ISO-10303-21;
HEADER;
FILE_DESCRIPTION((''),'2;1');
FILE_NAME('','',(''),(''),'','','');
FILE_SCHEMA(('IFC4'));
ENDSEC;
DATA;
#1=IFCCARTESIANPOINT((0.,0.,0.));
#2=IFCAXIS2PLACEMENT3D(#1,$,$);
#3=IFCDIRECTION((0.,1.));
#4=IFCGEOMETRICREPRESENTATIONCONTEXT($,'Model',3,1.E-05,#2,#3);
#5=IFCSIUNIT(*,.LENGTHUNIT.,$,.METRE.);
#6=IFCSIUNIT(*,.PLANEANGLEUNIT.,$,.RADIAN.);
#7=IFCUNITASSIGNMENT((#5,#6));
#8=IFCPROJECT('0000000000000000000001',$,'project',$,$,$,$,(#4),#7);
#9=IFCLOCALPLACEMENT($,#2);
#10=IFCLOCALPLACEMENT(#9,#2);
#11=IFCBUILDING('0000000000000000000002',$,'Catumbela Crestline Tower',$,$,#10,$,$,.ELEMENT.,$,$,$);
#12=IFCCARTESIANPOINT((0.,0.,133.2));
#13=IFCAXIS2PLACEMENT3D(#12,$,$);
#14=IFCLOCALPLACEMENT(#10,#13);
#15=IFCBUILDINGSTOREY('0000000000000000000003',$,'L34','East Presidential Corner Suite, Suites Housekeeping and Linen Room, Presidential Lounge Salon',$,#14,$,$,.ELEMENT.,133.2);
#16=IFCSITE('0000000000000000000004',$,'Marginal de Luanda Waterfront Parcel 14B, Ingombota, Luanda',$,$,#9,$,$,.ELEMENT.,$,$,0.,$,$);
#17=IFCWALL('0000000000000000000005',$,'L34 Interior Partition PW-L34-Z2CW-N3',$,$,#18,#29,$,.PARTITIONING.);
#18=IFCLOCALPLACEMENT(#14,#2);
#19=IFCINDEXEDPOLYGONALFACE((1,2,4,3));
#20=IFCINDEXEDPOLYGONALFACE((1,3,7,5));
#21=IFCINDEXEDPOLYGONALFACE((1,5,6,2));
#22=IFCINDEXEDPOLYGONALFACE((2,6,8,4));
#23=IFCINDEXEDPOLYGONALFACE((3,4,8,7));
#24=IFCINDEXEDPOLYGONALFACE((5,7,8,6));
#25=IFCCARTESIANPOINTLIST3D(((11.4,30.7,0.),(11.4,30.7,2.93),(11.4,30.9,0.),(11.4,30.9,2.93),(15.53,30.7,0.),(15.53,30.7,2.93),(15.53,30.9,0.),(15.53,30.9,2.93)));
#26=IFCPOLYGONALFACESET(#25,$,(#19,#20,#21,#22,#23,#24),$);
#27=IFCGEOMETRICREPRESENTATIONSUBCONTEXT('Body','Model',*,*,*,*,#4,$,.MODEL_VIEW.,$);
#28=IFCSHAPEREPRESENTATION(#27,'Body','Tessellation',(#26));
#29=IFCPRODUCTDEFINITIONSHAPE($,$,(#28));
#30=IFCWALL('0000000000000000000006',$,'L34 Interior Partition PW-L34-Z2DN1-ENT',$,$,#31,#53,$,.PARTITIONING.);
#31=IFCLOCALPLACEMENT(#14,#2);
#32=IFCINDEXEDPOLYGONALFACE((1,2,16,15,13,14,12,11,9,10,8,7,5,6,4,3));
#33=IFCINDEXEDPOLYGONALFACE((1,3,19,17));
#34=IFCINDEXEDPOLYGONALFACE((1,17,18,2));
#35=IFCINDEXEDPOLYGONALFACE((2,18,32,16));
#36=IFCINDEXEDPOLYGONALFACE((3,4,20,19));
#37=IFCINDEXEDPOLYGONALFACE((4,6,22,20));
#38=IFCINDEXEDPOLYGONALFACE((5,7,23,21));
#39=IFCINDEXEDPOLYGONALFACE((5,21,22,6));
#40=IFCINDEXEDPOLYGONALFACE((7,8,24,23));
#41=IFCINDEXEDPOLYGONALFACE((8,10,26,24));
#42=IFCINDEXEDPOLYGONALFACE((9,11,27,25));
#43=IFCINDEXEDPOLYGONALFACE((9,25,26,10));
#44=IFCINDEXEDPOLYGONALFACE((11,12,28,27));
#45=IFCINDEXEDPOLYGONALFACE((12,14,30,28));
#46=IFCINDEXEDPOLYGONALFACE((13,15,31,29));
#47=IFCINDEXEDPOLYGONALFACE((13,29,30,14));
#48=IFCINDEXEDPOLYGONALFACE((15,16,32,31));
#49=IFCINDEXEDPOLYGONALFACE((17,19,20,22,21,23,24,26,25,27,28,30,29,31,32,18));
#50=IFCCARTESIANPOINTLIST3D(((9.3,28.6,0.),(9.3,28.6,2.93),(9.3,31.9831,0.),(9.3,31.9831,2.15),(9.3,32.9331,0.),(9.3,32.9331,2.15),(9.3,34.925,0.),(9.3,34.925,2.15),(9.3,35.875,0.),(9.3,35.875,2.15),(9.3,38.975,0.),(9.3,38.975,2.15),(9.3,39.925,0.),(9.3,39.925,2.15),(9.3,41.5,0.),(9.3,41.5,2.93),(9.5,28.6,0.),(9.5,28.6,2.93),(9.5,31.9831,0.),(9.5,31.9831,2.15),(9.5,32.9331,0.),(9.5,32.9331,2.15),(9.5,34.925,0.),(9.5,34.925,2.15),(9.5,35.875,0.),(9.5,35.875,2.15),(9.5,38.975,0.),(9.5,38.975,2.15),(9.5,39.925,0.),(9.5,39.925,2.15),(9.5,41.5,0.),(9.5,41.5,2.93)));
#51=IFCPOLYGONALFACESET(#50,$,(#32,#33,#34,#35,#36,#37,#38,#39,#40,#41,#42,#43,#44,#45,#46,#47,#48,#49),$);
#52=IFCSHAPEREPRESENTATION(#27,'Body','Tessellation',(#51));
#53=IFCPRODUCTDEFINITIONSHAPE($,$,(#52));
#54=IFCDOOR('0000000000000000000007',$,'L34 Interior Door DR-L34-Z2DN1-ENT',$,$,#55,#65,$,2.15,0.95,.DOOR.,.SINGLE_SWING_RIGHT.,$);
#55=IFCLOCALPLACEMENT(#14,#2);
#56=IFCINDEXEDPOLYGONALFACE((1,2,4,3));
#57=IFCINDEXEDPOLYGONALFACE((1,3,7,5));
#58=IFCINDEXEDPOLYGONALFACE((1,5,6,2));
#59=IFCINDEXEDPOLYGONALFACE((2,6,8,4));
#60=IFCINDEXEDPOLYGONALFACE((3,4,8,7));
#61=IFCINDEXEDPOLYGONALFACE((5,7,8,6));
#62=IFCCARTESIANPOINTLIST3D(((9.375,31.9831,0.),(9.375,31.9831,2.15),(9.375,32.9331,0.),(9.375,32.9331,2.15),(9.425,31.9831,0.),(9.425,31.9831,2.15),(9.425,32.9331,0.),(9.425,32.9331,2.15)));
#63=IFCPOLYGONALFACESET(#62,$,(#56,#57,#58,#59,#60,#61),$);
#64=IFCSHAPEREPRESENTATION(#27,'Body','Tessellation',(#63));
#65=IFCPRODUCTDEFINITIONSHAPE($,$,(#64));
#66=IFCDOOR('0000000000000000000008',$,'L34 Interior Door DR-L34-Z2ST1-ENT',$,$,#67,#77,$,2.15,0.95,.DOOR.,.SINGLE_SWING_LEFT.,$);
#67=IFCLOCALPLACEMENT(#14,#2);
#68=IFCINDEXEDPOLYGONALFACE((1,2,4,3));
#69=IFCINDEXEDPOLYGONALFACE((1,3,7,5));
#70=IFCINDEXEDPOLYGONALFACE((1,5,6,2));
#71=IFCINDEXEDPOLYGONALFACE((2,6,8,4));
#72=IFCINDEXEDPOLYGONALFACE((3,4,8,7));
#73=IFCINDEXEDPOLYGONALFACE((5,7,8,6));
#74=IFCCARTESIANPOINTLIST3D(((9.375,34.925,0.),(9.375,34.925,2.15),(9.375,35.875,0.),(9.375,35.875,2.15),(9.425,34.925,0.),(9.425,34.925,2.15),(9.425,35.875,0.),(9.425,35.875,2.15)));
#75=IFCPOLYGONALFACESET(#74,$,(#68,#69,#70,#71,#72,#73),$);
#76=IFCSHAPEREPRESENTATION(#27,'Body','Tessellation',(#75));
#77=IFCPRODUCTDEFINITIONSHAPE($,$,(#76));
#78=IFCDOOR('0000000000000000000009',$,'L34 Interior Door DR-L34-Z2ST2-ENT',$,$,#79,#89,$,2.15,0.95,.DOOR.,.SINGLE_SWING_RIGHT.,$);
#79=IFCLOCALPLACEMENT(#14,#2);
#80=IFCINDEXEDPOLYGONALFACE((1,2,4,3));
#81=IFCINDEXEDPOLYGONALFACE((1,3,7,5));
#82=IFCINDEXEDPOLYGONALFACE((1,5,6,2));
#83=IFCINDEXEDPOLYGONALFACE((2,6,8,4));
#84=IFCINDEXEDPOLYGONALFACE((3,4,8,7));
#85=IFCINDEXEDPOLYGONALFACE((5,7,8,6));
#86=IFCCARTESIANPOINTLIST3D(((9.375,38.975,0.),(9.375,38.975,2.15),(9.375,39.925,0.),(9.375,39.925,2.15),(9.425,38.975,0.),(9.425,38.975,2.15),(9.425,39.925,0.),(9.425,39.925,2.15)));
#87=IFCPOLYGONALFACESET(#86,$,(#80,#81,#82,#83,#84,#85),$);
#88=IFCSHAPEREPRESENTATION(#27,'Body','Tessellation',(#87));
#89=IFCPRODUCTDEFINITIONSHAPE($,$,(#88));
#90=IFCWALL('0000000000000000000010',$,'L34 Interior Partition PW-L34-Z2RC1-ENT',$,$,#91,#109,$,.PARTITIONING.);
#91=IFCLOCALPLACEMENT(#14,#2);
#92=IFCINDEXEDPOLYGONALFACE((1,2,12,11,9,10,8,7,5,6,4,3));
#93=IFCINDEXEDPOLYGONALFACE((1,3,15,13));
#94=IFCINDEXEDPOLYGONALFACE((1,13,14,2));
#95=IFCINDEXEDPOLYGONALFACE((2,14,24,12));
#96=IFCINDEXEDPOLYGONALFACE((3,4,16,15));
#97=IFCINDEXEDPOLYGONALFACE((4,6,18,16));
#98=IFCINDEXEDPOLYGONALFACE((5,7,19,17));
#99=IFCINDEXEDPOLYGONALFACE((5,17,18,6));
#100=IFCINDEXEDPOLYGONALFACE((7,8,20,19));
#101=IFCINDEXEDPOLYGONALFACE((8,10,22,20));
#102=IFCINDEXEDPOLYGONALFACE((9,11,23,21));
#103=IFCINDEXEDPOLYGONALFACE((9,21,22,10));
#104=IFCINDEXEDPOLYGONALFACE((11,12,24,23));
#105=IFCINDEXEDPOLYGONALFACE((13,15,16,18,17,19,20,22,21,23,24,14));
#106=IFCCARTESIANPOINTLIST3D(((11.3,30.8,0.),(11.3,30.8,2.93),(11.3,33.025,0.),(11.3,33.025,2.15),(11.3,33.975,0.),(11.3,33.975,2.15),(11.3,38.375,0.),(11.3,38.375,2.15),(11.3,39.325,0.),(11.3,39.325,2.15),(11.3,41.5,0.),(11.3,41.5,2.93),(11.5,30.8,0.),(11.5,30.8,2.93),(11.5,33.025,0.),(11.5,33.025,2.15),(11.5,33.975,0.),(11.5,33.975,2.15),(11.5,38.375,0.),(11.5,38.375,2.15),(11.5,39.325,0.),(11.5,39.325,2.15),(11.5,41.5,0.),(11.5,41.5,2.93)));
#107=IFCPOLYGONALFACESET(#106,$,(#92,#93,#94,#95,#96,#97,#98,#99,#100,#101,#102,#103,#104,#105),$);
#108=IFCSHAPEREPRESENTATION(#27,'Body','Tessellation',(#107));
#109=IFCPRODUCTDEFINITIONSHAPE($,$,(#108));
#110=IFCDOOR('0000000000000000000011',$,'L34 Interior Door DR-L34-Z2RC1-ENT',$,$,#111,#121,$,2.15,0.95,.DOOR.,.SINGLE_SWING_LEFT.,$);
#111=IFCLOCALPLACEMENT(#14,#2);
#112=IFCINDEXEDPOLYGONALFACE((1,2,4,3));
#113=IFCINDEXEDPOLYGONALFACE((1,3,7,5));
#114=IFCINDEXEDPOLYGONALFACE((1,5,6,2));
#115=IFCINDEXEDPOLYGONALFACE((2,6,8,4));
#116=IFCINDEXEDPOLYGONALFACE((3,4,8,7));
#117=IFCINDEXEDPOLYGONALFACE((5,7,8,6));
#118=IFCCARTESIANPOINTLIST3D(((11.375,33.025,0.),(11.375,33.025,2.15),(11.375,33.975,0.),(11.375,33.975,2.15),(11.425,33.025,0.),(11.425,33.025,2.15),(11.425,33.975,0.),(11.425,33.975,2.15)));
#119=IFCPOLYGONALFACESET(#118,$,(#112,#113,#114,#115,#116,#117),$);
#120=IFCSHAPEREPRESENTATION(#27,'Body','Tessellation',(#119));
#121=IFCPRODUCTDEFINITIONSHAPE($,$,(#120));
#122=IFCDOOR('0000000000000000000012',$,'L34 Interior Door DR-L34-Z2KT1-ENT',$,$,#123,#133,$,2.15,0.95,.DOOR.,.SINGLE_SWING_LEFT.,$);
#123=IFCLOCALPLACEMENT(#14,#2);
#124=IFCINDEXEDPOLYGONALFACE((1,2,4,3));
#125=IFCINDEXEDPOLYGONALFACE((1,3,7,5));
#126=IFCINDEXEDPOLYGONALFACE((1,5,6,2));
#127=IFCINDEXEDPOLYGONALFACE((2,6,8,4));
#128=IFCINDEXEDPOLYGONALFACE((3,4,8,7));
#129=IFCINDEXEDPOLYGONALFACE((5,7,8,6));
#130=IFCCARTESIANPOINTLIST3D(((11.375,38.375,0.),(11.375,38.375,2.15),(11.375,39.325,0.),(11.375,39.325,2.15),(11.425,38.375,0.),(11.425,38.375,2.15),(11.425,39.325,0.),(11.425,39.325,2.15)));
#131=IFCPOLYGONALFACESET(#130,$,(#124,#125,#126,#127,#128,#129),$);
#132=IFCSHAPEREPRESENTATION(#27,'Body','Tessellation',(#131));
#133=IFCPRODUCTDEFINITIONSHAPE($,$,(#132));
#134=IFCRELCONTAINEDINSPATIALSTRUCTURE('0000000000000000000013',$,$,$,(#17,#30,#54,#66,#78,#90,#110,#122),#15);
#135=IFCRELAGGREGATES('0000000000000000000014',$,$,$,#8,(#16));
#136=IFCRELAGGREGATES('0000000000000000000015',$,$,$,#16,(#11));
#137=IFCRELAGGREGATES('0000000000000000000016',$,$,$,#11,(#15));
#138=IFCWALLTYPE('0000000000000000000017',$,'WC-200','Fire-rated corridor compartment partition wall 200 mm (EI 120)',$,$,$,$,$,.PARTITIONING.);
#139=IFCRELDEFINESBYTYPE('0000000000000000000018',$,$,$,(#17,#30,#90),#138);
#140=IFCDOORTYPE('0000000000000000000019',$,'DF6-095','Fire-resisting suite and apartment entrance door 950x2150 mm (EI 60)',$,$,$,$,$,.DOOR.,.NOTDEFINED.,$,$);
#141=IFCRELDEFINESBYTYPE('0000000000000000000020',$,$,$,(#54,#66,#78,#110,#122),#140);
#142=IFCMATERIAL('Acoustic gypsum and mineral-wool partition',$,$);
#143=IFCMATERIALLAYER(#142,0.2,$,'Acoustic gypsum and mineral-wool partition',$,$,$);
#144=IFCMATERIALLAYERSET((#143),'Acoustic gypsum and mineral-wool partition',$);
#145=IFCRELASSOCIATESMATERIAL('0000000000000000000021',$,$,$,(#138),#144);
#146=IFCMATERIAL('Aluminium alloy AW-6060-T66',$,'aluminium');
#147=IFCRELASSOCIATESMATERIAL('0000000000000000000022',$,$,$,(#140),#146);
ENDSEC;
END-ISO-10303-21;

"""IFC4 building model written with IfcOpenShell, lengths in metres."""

from ifc_helpers import new_model, si_unit, direction, frame, frame_2d, origin, place, context, subcontext, project, spatial, rectangle, extrude, material, layer, layer_set, type_object, element, fill, save


model = new_model("IFC4")

# Units and contexts
model_context = context("Model", 3, precision=1e-05, world=origin(), true_north=direction((0.0, 1.0)))
body_context = subcontext(model_context, "Body", "Model", "MODEL_VIEW")
ifc_project = project(units=[si_unit("LENGTHUNIT", "METRE"), si_unit("PLANEANGLEUNIT", "RADIAN")], contexts=[model_context])

# Site, building, storey
site_placement = place(None, origin())
site = spatial("IfcSite", under=ifc_project, at=site_placement, Name="Marginal de Luanda Waterfront Parcel 14B, Ingombota, Luanda", CompositionType="ELEMENT", RefElevation=0.0)
building_placement = place(site_placement, origin())
building = spatial("IfcBuilding", under=site, at=building_placement, Name="Catumbela Crestline Tower", CompositionType="ELEMENT")
storey_placement = place(building_placement, frame((0.0, 0.0, 133.2)))
storey = spatial("IfcBuildingStorey", under=building, at=storey_placement, Name="L34", Description="East Presidential Corner Suite, Suites Housekeeping and Linen Room, Presidential Lounge Salon", CompositionType="ELEMENT", Elevation=133.2)

# Shared definitions
ifc_material_1 = material(Name="Acoustic gypsum and mineral-wool partition")
ifc_layer_1 = layer(ifc_material_1, 0.2, Name="Acoustic gypsum and mineral-wool partition")
ifc_layer_set_1 = layer_set([ifc_layer_1], Name="Acoustic gypsum and mineral-wool partition")
wall_type_1 = type_object("IfcWallType", Name="WC-200", Description="Fire-rated corridor compartment partition wall 200 mm (EI 120)", PredefinedType="PARTITIONING", material=ifc_layer_set_1)
ifc_material_2 = material(Name="Aluminium alloy AW-6060-T66", Category="aluminium")
door_type_1 = type_object("IfcDoorType", Name="DF6-095", Description="Fire-resisting suite and apartment entrance door 950x2150 mm (EI 60)", OperationType="NOTDEFINED", PredefinedType="DOOR", material=ifc_material_2)

# Wall
wall_1_placement = place(storey_placement, frame((11.4, 30.8, 0.0), z_axis=(0.0, 0.0, 1.0), x_axis=(1.0, 0.0, 0.0)))
element("IfcWall", 1, at=wall_1_placement, inside=storey, type_object=wall_type_1, Name="L34 Interior Partition PW-L34-Z2CW-N3", PredefinedType="PARTITIONING", context=body_context, shape_type="SweptSolid", body=[
    extrude(rectangle(XDim=4.13, YDim=0.2, at=frame_2d((2.065, 0.0))), origin(), (0.0, 0.0, 1.0), 2.93),
])

# Walls, openings, doors
wall_2_placement = place(storey_placement, frame((9.4, 28.6, 0.0), z_axis=(0.0, 0.0, 1.0), x_axis=(0.0, 1.0, 0.0)))
wall_2 = element("IfcWall", 2, at=wall_2_placement, inside=storey, type_object=wall_type_1, Name="L34 Interior Partition PW-L34-Z2DN1-ENT", PredefinedType="PARTITIONING", context=body_context, shape_type="SweptSolid", body=[
    extrude(rectangle(XDim=12.9, YDim=0.2, at=frame_2d((6.45, 0.0))), origin(), (0.0, 0.0, 1.0), 2.93),
])
opening_1_placement = place(wall_2_placement, frame((3.3831, 0.0, 0.0)))
opening_1 = element("IfcOpeningElement", 3, at=opening_1_placement, cuts=wall_2, PredefinedType="OPENING", context=body_context, shape_type="SweptSolid", body=[
    extrude(rectangle(XDim=0.95, YDim=2.15, at=frame_2d((0.475, 1.075))), frame((0.0, 0.11, 0.0), z_axis=(0.0, -1.0, 0.0), x_axis=(1.0, 0.0, 0.0)), (0.0, 0.0, 1.0), 0.22),
])
opening_2_placement = place(wall_2_placement, frame((6.325, 0.0, 0.0)))
opening_2 = element("IfcOpeningElement", 4, at=opening_2_placement, cuts=wall_2, PredefinedType="OPENING", context=body_context, shape_type="SweptSolid", body=[
    extrude(rectangle(XDim=0.95, YDim=2.15, at=frame_2d((0.475, 1.075))), frame((0.0, 0.11, 0.0), z_axis=(0.0, -1.0, 0.0), x_axis=(1.0, 0.0, 0.0)), (0.0, 0.0, 1.0), 0.22),
])
opening_3_placement = place(wall_2_placement, frame((10.375, 0.0, 0.0)))
opening_3 = element("IfcOpeningElement", 5, at=opening_3_placement, cuts=wall_2, PredefinedType="OPENING", context=body_context, shape_type="SweptSolid", body=[
    extrude(rectangle(XDim=0.95, YDim=2.15, at=frame_2d((0.475, 1.075))), frame((0.0, 0.11, 0.0), z_axis=(0.0, -1.0, 0.0), x_axis=(1.0, 0.0, 0.0)), (0.0, 0.0, 1.0), 0.22),
])
door_1_placement = place(opening_1_placement, origin())
door_1 = element("IfcDoor", 6, at=door_1_placement, inside=storey, type_object=door_type_1, Name="L34 Interior Door DR-L34-Z2DN1-ENT", OperationType="SINGLE_SWING_RIGHT", OverallHeight=2.15, OverallWidth=0.95, PredefinedType="DOOR", context=body_context, shape_type="SweptSolid", body=[
    extrude(rectangle(XDim=0.95, YDim=2.15, at=frame_2d((0.475, 1.075))), frame((0.0, 0.025, 0.0), z_axis=(0.0, -1.0, 0.0), x_axis=(1.0, 0.0, 0.0)), (0.0, 0.0, 1.0), 0.05),
])
fill(opening_1, door_1)
door_2_placement = place(opening_2_placement, origin())
door_2 = element("IfcDoor", 7, at=door_2_placement, inside=storey, type_object=door_type_1, Name="L34 Interior Door DR-L34-Z2ST1-ENT", OperationType="SINGLE_SWING_LEFT", OverallHeight=2.15, OverallWidth=0.95, PredefinedType="DOOR", context=body_context, shape_type="SweptSolid", body=[
    extrude(rectangle(XDim=0.95, YDim=2.15, at=frame_2d((0.475, 1.075))), frame((0.0, 0.025, 0.0), z_axis=(0.0, -1.0, 0.0), x_axis=(1.0, 0.0, 0.0)), (0.0, 0.0, 1.0), 0.05),
])
fill(opening_2, door_2)
door_3_placement = place(opening_3_placement, origin())
door_3 = element("IfcDoor", 8, at=door_3_placement, inside=storey, type_object=door_type_1, Name="L34 Interior Door DR-L34-Z2ST2-ENT", OperationType="SINGLE_SWING_RIGHT", OverallHeight=2.15, OverallWidth=0.95, PredefinedType="DOOR", context=body_context, shape_type="SweptSolid", body=[
    extrude(rectangle(XDim=0.95, YDim=2.15, at=frame_2d((0.475, 1.075))), frame((0.0, 0.025, 0.0), z_axis=(0.0, -1.0, 0.0), x_axis=(1.0, 0.0, 0.0)), (0.0, 0.0, 1.0), 0.05),
])
fill(opening_3, door_3)
wall_3_placement = place(storey_placement, frame((11.4, 30.8, 0.0), z_axis=(0.0, 0.0, 1.0), x_axis=(0.0, 1.0, 0.0)))
wall_3 = element("IfcWall", 9, at=wall_3_placement, inside=storey, type_object=wall_type_1, Name="L34 Interior Partition PW-L34-Z2RC1-ENT", PredefinedType="PARTITIONING", context=body_context, shape_type="SweptSolid", body=[
    extrude(rectangle(XDim=10.7, YDim=0.2, at=frame_2d((5.35, 0.0))), origin(), (0.0, 0.0, 1.0), 2.93),
])
opening_4_placement = place(wall_3_placement, frame((2.225, 0.0, 0.0)))
opening_4 = element("IfcOpeningElement", 10, at=opening_4_placement, cuts=wall_3, PredefinedType="OPENING", context=body_context, shape_type="SweptSolid", body=[
    extrude(rectangle(XDim=0.95, YDim=2.15, at=frame_2d((0.475, 1.075))), frame((0.0, 0.11, 0.0), z_axis=(0.0, -1.0, 0.0), x_axis=(1.0, 0.0, 0.0)), (0.0, 0.0, 1.0), 0.22),
])
opening_5_placement = place(wall_3_placement, frame((7.575, 0.0, 0.0)))
opening_5 = element("IfcOpeningElement", 11, at=opening_5_placement, cuts=wall_3, PredefinedType="OPENING", context=body_context, shape_type="SweptSolid", body=[
    extrude(rectangle(XDim=0.95, YDim=2.15, at=frame_2d((0.475, 1.075))), frame((0.0, 0.11, 0.0), z_axis=(0.0, -1.0, 0.0), x_axis=(1.0, 0.0, 0.0)), (0.0, 0.0, 1.0), 0.22),
])
door_4_placement = place(opening_4_placement, origin())
door_4 = element("IfcDoor", 12, at=door_4_placement, inside=storey, type_object=door_type_1, Name="L34 Interior Door DR-L34-Z2RC1-ENT", OperationType="SINGLE_SWING_LEFT", OverallHeight=2.15, OverallWidth=0.95, PredefinedType="DOOR", context=body_context, shape_type="SweptSolid", body=[
    extrude(rectangle(XDim=0.95, YDim=2.15, at=frame_2d((0.475, 1.075))), frame((0.0, 0.025, 0.0), z_axis=(0.0, -1.0, 0.0), x_axis=(1.0, 0.0, 0.0)), (0.0, 0.0, 1.0), 0.05),
])
fill(opening_4, door_4)
door_5_placement = place(opening_5_placement, origin())
door_5 = element("IfcDoor", 13, at=door_5_placement, inside=storey, type_object=door_type_1, Name="L34 Interior Door DR-L34-Z2KT1-ENT", OperationType="SINGLE_SWING_LEFT", OverallHeight=2.15, OverallWidth=0.95, PredefinedType="DOOR", context=body_context, shape_type="SweptSolid", body=[
    extrude(rectangle(XDim=0.95, YDim=2.15, at=frame_2d((0.475, 1.075))), frame((0.0, 0.025, 0.0), z_axis=(0.0, -1.0, 0.0), x_axis=(1.0, 0.0, 0.0)), (0.0, 0.0, 1.0), 0.05),
])
fill(opening_5, door_5)

save(model, "model.ifc")
